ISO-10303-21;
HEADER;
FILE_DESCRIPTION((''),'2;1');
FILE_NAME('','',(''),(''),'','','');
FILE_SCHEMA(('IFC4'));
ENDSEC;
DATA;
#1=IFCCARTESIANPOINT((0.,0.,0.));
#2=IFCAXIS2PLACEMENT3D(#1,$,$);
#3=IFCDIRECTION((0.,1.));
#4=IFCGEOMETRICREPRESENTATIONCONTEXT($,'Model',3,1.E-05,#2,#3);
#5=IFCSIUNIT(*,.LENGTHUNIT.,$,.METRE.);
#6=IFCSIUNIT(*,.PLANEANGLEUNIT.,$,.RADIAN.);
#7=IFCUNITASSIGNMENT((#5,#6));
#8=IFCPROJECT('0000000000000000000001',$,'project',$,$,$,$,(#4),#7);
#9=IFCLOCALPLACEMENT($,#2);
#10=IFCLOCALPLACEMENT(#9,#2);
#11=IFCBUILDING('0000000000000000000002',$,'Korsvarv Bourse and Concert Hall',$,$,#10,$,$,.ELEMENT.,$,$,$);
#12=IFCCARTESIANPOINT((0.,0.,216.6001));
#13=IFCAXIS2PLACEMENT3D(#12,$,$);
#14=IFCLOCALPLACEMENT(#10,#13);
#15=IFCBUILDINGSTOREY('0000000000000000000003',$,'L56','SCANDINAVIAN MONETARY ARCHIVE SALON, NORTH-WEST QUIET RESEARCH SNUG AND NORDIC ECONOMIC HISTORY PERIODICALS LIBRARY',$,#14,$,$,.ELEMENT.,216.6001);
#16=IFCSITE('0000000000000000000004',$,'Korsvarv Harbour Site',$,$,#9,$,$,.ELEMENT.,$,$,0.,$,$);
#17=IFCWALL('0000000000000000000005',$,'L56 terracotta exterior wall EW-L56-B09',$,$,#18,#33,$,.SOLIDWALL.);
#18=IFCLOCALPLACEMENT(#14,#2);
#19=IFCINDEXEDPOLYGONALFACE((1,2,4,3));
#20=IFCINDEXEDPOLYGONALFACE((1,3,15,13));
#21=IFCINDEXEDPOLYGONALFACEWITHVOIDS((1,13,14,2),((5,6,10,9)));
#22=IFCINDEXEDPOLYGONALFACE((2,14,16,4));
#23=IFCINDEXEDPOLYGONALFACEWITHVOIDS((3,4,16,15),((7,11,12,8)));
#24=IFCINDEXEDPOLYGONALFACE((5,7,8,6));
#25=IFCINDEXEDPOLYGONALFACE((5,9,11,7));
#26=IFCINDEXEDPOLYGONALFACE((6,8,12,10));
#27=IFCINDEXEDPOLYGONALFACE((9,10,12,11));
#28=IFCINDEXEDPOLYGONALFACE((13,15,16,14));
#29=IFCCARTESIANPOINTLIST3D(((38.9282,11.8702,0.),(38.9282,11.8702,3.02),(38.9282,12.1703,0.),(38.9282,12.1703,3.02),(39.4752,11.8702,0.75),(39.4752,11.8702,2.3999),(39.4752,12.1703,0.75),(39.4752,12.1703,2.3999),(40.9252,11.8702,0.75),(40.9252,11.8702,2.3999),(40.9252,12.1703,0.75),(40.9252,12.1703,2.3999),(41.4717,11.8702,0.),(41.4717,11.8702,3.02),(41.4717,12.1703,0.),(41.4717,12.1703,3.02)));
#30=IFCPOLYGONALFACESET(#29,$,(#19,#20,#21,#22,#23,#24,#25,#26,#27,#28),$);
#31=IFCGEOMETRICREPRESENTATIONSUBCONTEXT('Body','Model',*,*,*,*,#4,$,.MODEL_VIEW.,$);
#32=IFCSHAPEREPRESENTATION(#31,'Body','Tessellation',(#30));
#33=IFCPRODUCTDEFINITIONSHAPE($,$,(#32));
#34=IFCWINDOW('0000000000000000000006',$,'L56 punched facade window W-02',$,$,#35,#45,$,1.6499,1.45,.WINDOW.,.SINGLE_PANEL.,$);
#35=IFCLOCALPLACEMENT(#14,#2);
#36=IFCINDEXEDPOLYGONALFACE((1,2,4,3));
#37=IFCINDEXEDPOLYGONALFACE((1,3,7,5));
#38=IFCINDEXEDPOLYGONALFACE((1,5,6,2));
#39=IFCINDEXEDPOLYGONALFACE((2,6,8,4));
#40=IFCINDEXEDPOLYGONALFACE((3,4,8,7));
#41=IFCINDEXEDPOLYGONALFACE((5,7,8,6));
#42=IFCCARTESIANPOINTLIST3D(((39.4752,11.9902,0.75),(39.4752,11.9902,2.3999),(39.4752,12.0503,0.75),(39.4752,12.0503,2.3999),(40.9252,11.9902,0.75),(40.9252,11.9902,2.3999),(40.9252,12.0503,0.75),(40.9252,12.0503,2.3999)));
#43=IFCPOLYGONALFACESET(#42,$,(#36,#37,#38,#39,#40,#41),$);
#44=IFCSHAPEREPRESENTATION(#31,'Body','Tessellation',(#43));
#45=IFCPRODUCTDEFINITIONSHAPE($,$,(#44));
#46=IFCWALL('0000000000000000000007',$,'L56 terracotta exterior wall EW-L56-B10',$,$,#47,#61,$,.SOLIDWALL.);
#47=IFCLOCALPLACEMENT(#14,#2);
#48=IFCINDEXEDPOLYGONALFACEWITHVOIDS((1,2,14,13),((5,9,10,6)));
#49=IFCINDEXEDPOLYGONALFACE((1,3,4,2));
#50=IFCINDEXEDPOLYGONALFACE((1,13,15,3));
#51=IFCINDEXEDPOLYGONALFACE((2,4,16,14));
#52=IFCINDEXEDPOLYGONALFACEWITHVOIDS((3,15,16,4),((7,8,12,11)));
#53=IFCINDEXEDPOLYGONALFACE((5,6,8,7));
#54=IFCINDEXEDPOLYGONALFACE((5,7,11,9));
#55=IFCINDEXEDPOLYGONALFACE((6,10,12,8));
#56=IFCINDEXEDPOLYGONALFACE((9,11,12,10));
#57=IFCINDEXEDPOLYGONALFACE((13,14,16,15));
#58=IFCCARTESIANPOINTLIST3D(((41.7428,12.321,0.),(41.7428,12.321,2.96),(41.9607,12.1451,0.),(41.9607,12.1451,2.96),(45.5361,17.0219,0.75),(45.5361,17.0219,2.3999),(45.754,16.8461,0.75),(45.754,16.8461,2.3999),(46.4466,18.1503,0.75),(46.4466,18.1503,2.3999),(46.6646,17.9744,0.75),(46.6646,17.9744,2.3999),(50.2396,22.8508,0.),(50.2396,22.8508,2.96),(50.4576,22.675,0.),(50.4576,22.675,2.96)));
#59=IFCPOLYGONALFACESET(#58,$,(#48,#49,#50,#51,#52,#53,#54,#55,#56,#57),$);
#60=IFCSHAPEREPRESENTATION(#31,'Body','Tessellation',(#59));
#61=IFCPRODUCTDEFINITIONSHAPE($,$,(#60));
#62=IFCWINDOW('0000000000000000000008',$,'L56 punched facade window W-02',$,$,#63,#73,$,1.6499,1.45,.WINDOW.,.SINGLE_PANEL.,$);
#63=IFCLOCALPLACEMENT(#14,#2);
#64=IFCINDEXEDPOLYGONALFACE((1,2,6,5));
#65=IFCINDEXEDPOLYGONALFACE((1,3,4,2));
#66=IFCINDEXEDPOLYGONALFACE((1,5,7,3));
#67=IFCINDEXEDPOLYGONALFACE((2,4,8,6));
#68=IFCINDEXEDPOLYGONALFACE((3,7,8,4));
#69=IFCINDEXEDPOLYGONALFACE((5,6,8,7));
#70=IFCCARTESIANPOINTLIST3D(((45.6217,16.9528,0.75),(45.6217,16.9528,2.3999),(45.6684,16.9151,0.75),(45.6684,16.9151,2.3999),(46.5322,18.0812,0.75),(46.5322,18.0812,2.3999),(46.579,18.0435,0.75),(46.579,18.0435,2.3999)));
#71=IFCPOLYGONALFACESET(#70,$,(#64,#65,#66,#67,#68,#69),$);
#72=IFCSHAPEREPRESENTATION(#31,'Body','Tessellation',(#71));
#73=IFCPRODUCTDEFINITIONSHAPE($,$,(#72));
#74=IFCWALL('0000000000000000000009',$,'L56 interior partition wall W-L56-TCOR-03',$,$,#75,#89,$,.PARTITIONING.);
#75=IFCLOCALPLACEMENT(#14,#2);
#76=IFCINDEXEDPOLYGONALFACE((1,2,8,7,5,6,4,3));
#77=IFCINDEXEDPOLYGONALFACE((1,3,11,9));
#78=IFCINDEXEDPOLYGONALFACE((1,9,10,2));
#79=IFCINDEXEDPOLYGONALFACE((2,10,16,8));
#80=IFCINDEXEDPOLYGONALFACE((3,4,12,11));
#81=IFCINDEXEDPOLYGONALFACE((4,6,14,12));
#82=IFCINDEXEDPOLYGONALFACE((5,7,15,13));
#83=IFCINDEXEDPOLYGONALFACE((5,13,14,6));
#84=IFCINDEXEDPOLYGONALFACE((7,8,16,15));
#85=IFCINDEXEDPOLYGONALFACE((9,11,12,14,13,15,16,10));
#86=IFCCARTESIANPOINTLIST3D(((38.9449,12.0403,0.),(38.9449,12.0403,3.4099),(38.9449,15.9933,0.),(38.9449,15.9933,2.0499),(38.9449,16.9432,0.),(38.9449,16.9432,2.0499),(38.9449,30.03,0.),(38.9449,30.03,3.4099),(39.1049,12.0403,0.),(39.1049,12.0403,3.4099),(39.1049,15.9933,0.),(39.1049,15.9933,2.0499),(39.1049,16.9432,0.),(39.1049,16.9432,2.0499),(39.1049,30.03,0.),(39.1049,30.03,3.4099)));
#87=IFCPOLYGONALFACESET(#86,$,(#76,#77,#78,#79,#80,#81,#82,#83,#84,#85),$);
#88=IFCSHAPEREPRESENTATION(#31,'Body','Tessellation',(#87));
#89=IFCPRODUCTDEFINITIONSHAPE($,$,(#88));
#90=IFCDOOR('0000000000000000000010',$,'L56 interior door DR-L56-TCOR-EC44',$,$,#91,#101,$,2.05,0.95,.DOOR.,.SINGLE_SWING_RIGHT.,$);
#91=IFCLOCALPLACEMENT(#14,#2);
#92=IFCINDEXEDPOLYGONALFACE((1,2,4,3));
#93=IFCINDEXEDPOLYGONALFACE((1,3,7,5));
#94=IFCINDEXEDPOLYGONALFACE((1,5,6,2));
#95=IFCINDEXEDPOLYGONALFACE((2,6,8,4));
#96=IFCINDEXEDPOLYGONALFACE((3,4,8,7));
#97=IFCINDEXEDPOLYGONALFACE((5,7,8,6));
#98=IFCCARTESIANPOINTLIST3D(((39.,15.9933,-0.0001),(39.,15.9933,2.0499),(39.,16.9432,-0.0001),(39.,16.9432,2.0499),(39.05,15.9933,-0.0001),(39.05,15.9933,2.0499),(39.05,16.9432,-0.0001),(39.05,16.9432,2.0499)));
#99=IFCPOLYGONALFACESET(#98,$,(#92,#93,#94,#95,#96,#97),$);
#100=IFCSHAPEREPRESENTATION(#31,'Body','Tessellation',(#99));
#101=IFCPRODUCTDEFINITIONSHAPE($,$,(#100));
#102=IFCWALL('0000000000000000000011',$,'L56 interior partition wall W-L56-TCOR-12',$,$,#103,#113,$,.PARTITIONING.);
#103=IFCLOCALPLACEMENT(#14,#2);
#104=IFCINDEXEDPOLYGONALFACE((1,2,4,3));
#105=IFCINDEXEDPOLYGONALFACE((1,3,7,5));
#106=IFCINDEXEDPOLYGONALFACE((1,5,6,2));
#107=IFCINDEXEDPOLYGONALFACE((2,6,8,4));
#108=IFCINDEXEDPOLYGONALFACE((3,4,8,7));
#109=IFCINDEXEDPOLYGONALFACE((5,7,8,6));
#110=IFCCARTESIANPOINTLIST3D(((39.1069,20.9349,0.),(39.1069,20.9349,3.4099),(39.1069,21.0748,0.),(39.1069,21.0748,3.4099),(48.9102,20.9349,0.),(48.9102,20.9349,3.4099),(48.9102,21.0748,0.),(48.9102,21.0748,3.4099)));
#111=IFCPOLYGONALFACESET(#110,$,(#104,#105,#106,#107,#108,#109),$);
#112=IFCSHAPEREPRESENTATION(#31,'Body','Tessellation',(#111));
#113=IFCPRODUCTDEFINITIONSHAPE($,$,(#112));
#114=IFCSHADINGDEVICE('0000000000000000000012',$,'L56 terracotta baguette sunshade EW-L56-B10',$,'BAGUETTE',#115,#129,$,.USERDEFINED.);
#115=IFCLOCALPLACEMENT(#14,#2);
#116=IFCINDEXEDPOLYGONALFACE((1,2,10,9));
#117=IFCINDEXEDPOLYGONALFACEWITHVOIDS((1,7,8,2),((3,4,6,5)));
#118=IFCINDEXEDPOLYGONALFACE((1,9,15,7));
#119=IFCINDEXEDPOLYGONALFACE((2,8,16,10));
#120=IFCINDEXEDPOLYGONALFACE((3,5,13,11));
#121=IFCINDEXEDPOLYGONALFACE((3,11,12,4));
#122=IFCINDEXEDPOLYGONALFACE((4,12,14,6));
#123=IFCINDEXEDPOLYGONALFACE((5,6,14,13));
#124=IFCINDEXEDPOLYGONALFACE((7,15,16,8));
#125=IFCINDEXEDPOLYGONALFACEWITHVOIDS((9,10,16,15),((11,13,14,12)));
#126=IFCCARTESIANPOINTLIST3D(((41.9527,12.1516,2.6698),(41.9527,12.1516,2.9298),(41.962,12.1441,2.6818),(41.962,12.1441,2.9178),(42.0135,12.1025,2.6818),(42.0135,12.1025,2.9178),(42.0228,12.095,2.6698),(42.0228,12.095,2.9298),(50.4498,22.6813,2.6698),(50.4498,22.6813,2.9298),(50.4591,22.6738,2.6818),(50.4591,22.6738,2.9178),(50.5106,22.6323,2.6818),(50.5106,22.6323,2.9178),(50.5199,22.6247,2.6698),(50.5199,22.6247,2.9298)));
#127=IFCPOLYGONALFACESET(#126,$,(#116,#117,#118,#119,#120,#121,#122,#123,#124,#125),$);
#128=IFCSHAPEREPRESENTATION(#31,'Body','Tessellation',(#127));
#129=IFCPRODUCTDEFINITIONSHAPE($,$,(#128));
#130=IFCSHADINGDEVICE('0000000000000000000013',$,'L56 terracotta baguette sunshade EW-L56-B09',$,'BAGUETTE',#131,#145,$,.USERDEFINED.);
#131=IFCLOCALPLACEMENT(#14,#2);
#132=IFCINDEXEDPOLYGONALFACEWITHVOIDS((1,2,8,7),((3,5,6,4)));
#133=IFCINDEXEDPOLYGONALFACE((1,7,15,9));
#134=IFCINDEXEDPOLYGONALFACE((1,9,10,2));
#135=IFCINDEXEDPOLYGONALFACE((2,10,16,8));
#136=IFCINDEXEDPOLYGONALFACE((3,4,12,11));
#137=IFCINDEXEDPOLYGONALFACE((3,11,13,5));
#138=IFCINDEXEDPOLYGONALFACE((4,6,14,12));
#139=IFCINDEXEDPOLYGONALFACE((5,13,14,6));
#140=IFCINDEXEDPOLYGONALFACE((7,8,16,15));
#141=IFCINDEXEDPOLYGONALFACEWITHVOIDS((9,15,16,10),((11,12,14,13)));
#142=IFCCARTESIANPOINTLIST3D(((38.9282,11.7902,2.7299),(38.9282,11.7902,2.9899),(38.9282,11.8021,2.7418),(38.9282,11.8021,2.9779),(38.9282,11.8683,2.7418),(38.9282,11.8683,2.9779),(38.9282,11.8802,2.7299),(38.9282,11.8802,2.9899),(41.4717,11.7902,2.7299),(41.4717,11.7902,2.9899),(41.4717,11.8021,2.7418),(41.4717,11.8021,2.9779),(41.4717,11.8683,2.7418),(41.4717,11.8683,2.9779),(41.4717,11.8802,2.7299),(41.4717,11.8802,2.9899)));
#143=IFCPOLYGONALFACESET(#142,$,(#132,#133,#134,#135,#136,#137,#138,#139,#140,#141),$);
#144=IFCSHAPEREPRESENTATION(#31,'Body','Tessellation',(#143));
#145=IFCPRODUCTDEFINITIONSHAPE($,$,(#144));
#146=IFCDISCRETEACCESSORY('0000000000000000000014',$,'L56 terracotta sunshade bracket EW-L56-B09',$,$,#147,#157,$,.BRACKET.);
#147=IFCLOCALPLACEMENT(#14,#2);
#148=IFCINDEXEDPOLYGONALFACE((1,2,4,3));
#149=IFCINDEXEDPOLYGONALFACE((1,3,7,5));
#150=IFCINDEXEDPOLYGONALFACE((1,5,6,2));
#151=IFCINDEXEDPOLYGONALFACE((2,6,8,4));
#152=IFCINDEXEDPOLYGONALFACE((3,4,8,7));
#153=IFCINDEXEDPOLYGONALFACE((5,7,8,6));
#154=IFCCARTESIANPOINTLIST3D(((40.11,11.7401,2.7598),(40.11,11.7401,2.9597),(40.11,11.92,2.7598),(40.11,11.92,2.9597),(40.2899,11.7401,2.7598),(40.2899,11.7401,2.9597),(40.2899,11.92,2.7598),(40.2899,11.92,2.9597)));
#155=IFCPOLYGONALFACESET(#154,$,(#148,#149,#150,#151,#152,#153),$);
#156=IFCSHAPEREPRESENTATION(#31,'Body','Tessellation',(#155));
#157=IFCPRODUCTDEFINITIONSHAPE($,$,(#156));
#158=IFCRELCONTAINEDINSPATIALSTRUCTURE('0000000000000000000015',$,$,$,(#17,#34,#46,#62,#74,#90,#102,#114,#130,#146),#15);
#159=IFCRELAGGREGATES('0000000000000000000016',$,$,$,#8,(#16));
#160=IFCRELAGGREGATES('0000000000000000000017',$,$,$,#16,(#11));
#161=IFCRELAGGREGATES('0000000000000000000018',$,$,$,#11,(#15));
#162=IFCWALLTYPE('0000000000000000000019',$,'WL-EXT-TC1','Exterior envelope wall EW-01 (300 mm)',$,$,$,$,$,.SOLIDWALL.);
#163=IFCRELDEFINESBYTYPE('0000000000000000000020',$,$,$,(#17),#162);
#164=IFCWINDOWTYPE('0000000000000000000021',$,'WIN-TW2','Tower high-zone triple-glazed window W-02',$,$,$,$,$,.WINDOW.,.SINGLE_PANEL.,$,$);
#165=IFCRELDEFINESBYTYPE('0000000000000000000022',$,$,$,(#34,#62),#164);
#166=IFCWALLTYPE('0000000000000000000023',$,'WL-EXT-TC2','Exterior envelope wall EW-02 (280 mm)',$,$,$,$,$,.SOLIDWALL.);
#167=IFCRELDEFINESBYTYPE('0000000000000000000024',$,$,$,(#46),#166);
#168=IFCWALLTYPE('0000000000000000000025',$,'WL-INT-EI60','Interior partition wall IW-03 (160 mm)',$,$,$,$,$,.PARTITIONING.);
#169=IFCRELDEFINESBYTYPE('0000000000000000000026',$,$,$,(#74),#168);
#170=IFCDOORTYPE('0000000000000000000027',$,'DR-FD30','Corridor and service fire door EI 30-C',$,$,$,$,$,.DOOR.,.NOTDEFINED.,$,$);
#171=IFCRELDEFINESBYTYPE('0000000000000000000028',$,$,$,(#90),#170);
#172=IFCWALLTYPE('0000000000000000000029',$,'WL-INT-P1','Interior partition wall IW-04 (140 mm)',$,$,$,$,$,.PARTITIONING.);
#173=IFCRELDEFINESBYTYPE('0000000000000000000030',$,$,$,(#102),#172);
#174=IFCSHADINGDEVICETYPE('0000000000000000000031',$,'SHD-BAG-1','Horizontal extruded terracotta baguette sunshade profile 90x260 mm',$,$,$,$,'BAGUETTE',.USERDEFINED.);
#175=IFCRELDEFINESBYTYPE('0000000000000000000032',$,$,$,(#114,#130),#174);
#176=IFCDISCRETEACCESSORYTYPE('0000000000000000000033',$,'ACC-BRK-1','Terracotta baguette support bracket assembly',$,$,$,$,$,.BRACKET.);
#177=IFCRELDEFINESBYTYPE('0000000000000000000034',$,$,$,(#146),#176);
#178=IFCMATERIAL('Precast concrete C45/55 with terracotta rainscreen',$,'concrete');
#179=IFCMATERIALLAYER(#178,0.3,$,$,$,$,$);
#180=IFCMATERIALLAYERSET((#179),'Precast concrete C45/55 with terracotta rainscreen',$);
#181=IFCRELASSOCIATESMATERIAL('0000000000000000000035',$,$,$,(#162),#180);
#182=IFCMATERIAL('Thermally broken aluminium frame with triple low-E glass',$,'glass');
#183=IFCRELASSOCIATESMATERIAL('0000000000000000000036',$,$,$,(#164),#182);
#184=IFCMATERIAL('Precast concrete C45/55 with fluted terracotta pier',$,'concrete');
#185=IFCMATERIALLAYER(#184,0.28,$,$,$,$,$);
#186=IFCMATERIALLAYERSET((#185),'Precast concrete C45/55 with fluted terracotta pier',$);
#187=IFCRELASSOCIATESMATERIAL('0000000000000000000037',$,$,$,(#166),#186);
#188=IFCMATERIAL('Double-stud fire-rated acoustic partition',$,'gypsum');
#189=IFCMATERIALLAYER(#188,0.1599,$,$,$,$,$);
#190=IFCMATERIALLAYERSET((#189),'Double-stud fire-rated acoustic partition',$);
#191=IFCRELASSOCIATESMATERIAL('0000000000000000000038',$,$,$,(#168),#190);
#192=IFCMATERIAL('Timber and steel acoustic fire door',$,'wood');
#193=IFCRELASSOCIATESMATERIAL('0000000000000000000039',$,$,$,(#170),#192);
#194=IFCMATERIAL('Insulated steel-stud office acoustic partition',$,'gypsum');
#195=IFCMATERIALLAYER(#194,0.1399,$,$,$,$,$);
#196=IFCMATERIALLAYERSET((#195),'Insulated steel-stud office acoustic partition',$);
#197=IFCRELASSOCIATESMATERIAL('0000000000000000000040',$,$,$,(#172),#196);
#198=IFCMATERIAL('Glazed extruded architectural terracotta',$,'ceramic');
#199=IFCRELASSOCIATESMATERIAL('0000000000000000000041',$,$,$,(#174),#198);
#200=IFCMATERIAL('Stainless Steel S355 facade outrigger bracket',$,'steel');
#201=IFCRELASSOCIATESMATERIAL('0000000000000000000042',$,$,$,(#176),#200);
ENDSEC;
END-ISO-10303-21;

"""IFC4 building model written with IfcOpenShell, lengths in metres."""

from ifc_helpers import new_model, si_unit, direction, frame, frame_2d, origin, origin_2d, place, context, subcontext, project, spatial, rectangle, hollow_rectangle, extrude, source, transform, mapped, material, layer, layer_set, material_profile, profile_set, type_object, element, fill, save


model = new_model("IFC4")

# Units and contexts
model_context = context("Model", 3, precision=1e-05, world=origin(), true_north=direction((0.0, 1.0)))
body_context = subcontext(model_context, "Body", "Model", "MODEL_VIEW")
ifc_project = project(units=[si_unit("LENGTHUNIT", "METRE"), si_unit("PLANEANGLEUNIT", "RADIAN")], contexts=[model_context])

# Site, building, storey
site_placement = place(None, origin())
site = spatial("IfcSite", under=ifc_project, at=site_placement, Name="Korsvarv Harbour Site", CompositionType="ELEMENT", RefElevation=0.0)
building_placement = place(site_placement, origin())
building = spatial("IfcBuilding", under=site, at=building_placement, Name="Korsvarv Bourse and Concert Hall", CompositionType="ELEMENT")
storey_placement = place(building_placement, frame((0.0, 0.0, 216.6001)))
storey = spatial("IfcBuildingStorey", under=building, at=storey_placement, Name="L56", Description="SCANDINAVIAN MONETARY ARCHIVE SALON, NORTH-WEST QUIET RESEARCH SNUG AND NORDIC ECONOMIC HISTORY PERIODICALS LIBRARY", CompositionType="ELEMENT", Elevation=216.6001)

# Walls, openings, windows
ifc_material_1 = material(Name="Precast concrete C45/55 with terracotta rainscreen", Category="concrete")
ifc_layer_1 = layer(ifc_material_1, 0.3)
ifc_layer_set_1 = layer_set([ifc_layer_1], Name="Precast concrete C45/55 with terracotta rainscreen")
wall_type_1 = type_object("IfcWallType", Name="WL-EXT-TC1", Description="Exterior envelope wall EW-01 (300 mm)", PredefinedType="SOLIDWALL", material=ifc_layer_set_1)
wall_1_placement = place(storey_placement, frame((38.9282, 12.0203, 0.0), z_axis=(0.0, 0.0, 1.0), x_axis=(1.0, 0.0, 0.0)))
wall_1 = element("IfcWall", 1, at=wall_1_placement, inside=storey, type_object=wall_type_1, Name="L56 terracotta exterior wall EW-L56-B09", PredefinedType="SOLIDWALL", context=body_context, shape_type="SweptSolid", body=[
    extrude(rectangle(XDim=2.5435, YDim=0.3, at=frame_2d((1.2717, 0.0))), origin(), (0.0, 0.0, 1.0), 3.02),
])
opening_1_placement = place(wall_1_placement, frame((0.5469, 0.0, 0.75)))
opening_1 = element("IfcOpeningElement", 2, at=opening_1_placement, cuts=wall_1, PredefinedType="OPENING", context=body_context, shape_type="SweptSolid", body=[
    extrude(rectangle(XDim=1.45, YDim=1.6499, at=frame_2d((0.7251, 0.825))), frame((0.0, 0.1602, 0.0), z_axis=(0.0, -1.0, 0.0), x_axis=(1.0, 0.0, 0.0)), (0.0, 0.0, 1.0), 0.3201),
])
ifc_material_2 = material(Name="Thermally broken aluminium frame with triple low-E glass", Category="glass")
window_type = type_object("IfcWindowType", Name="WIN-TW2", Description="Tower high-zone triple-glazed window W-02", PartitioningType="SINGLE_PANEL", PredefinedType="WINDOW", material=ifc_material_2)
window_1_placement = place(opening_1_placement, origin())
window_1 = element("IfcWindow", 3, at=window_1_placement, inside=storey, type_object=window_type, Name="L56 punched facade window W-02", OverallHeight=1.6499, OverallWidth=1.45, PartitioningType="SINGLE_PANEL", PredefinedType="WINDOW", context=body_context, shape_type="SweptSolid", body=[
    extrude(rectangle(XDim=1.45, YDim=1.6499, at=frame_2d((0.7251, 0.825))), frame((0.0, 0.03, 0.0), z_axis=(0.0, -1.0, 0.0), x_axis=(1.0, 0.0, 0.0)), (0.0, 0.0, 1.0), 0.0601),
])
fill(opening_1, window_1)
ifc_material_3 = material(Name="Precast concrete C45/55 with fluted terracotta pier", Category="concrete")
ifc_layer_2 = layer(ifc_material_3, 0.28)
ifc_layer_set_2 = layer_set([ifc_layer_2], Name="Precast concrete C45/55 with fluted terracotta pier")
wall_type_2 = type_object("IfcWallType", Name="WL-EXT-TC2", Description="Exterior envelope wall EW-02 (280 mm)", PredefinedType="SOLIDWALL", material=ifc_layer_set_2)
wall_2_placement = place(storey_placement, frame((41.8518, 12.2332, 0.0), z_axis=(0.0, 0.0, 1.0), x_axis=(0.627979, 0.77823, 0.0)))
wall_2 = element("IfcWall", 4, at=wall_2_placement, inside=storey, type_object=wall_type_2, Name="L56 terracotta exterior wall EW-L56-B10", PredefinedType="SOLIDWALL", context=body_context, shape_type="SweptSolid", body=[
    extrude(rectangle(XDim=13.5305, YDim=0.28, at=frame_2d((6.7651, 0.0))), origin(), (0.0, 0.0, 1.0), 2.96),
])
opening_2_placement = place(wall_2_placement, frame((6.0403, 0.0, 0.75)))
opening_2 = element("IfcOpeningElement", 5, at=opening_2_placement, cuts=wall_2, PredefinedType="OPENING", context=body_context, shape_type="SweptSolid", body=[
    extrude(rectangle(XDim=1.45, YDim=1.6499, at=frame_2d((0.7251, 0.825))), frame((0.0, 0.1499, 0.0), z_axis=(0.0, -1.0, 0.0), x_axis=(1.0, 0.0, 0.0)), (0.0, 0.0, 1.0), 0.3),
])
window_2_placement = place(opening_2_placement, origin())
window_2 = element("IfcWindow", 6, at=window_2_placement, inside=storey, type_object=window_type, Name="L56 punched facade window W-02", OverallHeight=1.6499, OverallWidth=1.45, PartitioningType="SINGLE_PANEL", PredefinedType="WINDOW", context=body_context, shape_type="SweptSolid", body=[
    extrude(rectangle(XDim=1.45, YDim=1.6499, at=frame_2d((0.7251, 0.825))), frame((0.0, 0.03, 0.0), z_axis=(0.0, -1.0, 0.0), x_axis=(1.0, 0.0, 0.0)), (0.0, 0.0, 1.0), 0.0601),
])
fill(opening_2, window_2)

# Wall, opening, door
ifc_material_4 = material(Name="Double-stud fire-rated acoustic partition", Category="gypsum")
ifc_layer_3 = layer(ifc_material_4, 0.1599)
ifc_layer_set_3 = layer_set([ifc_layer_3], Name="Double-stud fire-rated acoustic partition")
wall_type_3 = type_object("IfcWallType", Name="WL-INT-EI60", Description="Interior partition wall IW-03 (160 mm)", PredefinedType="PARTITIONING", material=ifc_layer_set_3)
wall_3_placement = place(storey_placement, frame((39.0249, 12.0403, 0.0), z_axis=(0.0, 0.0, 1.0), x_axis=(0.0, 1.0, 0.0)))
wall_3 = element("IfcWall", 7, at=wall_3_placement, inside=storey, type_object=wall_type_3, Name="L56 interior partition wall W-L56-TCOR-03", PredefinedType="PARTITIONING", context=body_context, shape_type="SweptSolid", body=[
    extrude(rectangle(XDim=17.9897, YDim=0.1599, at=frame_2d((8.9949, 0.0))), origin(), (0.0, 0.0, 1.0), 3.4099),
])
opening_3_placement = place(wall_3_placement, frame((3.9529, 0.0, 0.0)))
opening_3 = element("IfcOpeningElement", 8, at=opening_3_placement, cuts=wall_3, PredefinedType="OPENING", context=body_context, shape_type="SweptSolid", body=[
    extrude(rectangle(XDim=0.95, YDim=2.05, at=frame_2d((0.4751, 1.0249))), frame((0.0, 0.0898, 0.0), z_axis=(0.0, -1.0, 0.0), x_axis=(1.0, 0.0, 0.0)), (0.0, 0.0, 1.0), 0.1799),
])
ifc_material_5 = material(Name="Timber and steel acoustic fire door", Category="wood")
door_type = type_object("IfcDoorType", Name="DR-FD30", Description="Corridor and service fire door EI 30-C", OperationType="NOTDEFINED", PredefinedType="DOOR", material=ifc_material_5)
door_placement = place(opening_3_placement, origin())
door = element("IfcDoor", 9, at=door_placement, inside=storey, type_object=door_type, Name="L56 interior door DR-L56-TCOR-EC44", OperationType="SINGLE_SWING_RIGHT", OverallHeight=2.05, OverallWidth=0.95, PredefinedType="DOOR", context=body_context, shape_type="SweptSolid", body=[
    extrude(rectangle(XDim=0.95, YDim=2.05, at=frame_2d((0.4751, 1.0249))), frame((0.0, 0.0249, 0.0), z_axis=(0.0, -1.0, 0.0), x_axis=(1.0, 0.0, 0.0)), (0.0, 0.0, 1.0), 0.05),
])
fill(opening_3, door)

# Wall
ifc_material_6 = material(Name="Insulated steel-stud office acoustic partition", Category="gypsum")
ifc_layer_4 = layer(ifc_material_6, 0.1399)
ifc_layer_set_4 = layer_set([ifc_layer_4], Name="Insulated steel-stud office acoustic partition")
wall_type_4 = type_object("IfcWallType", Name="WL-INT-P1", Description="Interior partition wall IW-04 (140 mm)", PredefinedType="PARTITIONING", material=ifc_layer_set_4)
wall_4_placement = place(storey_placement, frame((39.1069, 21.0049, 0.0), z_axis=(0.0, 0.0, 1.0), x_axis=(1.0, 0.0, 0.0)))
element("IfcWall", 10, at=wall_4_placement, inside=storey, type_object=wall_type_4, Name="L56 interior partition wall W-L56-TCOR-12", PredefinedType="PARTITIONING", context=body_context, shape_type="SweptSolid", body=[
    extrude(rectangle(XDim=9.8032, YDim=0.1399, at=frame_2d((4.9016, 0.0))), origin(), (0.0, 0.0, 1.0), 3.4099),
])

# Shading devices
ifc_material_7 = material(Name="Glazed extruded architectural terracotta", Category="ceramic")
ifc_material_profile_1 = material_profile(ifc_material_7, hollow_rectangle(XDim=0.0901, YDim=0.26, WallThickness=0.012, at=origin_2d()), Name="TC-BAG 90x260")
ifc_profile_set_1 = profile_set([ifc_material_profile_1], Name="Glazed extruded architectural terracotta")
shading_device_type = type_object("IfcShadingDeviceType", Name="SHD-BAG-1", Description="Horizontal extruded terracotta baguette sunshade profile 90x260 mm", ElementType="BAGUETTE", PredefinedType="USERDEFINED", material=ifc_profile_set_1)
shared_shape_1 = source(origin(), body_context, "Body", "SweptSolid", [
    extrude(hollow_rectangle(XDim=0.0901, YDim=0.26, WallThickness=0.012, at=origin_2d()), origin(), (0.0, 0.0, 1.0), 13.5305),
])
shading_device_1_placement = place(storey_placement, frame((41.9878, 12.1233, 2.7998), z_axis=(0.62799, 0.778221, 0.0), x_axis=(-0.778221, 0.62799, 0.0)))
element("IfcShadingDevice", 11, at=shading_device_1_placement, inside=storey, type_object=shading_device_type, Name="L56 terracotta baguette sunshade EW-L56-B10", ObjectType="BAGUETTE", PredefinedType="USERDEFINED", context=body_context, shape_type="MappedRepresentation", body=[
    mapped(shared_shape_1, transform((0.0, 0.0, 0.0), scale=1.0)),
])
shared_shape_2 = source(origin(), body_context, "Body", "SweptSolid", [
    extrude(hollow_rectangle(XDim=0.0901, YDim=0.26, WallThickness=0.012, at=origin_2d()), origin(), (0.0, 0.0, 1.0), 2.5435),
])
shading_device_2_placement = place(storey_placement, frame((38.9282, 11.8352, 2.8599), z_axis=(1.0, 0.0, 0.0), x_axis=(0.0, 1.0, 0.0)))
element("IfcShadingDevice", 12, at=shading_device_2_placement, inside=storey, type_object=shading_device_type, Name="L56 terracotta baguette sunshade EW-L56-B09", ObjectType="BAGUETTE", PredefinedType="USERDEFINED", context=body_context, shape_type="MappedRepresentation", body=[
    mapped(shared_shape_2, transform((0.0, 0.0, 0.0), scale=1.0)),
])

# Discrete accessory
ifc_material_8 = material(Name="Stainless Steel S355 facade outrigger bracket", Category="steel")
discrete_accessory_type = type_object("IfcDiscreteAccessoryType", Name="ACC-BRK-1", Description="Terracotta baguette support bracket assembly", PredefinedType="BRACKET", material=ifc_material_8)
shared_shape_3 = source(origin(), body_context, "Body", "SweptSolid", [
    extrude(rectangle(XDim=0.1799, YDim=0.1799, at=origin_2d()), origin(), (0.0, 0.0, 1.0), 0.2),
])
for number, where, z_axis, x_axis, name in (
    (13, (40.2, 11.8301, 2.7598), (0.0, 0.0, 1.0), (1.0, 0.0, 0.0), "L56 terracotta sunshade bracket EW-L56-B09"),
):
    element("IfcDiscreteAccessory", number, at=place(storey_placement, frame(where, z_axis=z_axis, x_axis=x_axis)), inside=storey, type_object=discrete_accessory_type, Name=name, PredefinedType="BRACKET", context=body_context, shape_type="MappedRepresentation", body=[
        mapped(shared_shape_3, transform((0.0, 0.0, 0.0), scale=1.0)),
    ])

save(model, "model.ifc")
